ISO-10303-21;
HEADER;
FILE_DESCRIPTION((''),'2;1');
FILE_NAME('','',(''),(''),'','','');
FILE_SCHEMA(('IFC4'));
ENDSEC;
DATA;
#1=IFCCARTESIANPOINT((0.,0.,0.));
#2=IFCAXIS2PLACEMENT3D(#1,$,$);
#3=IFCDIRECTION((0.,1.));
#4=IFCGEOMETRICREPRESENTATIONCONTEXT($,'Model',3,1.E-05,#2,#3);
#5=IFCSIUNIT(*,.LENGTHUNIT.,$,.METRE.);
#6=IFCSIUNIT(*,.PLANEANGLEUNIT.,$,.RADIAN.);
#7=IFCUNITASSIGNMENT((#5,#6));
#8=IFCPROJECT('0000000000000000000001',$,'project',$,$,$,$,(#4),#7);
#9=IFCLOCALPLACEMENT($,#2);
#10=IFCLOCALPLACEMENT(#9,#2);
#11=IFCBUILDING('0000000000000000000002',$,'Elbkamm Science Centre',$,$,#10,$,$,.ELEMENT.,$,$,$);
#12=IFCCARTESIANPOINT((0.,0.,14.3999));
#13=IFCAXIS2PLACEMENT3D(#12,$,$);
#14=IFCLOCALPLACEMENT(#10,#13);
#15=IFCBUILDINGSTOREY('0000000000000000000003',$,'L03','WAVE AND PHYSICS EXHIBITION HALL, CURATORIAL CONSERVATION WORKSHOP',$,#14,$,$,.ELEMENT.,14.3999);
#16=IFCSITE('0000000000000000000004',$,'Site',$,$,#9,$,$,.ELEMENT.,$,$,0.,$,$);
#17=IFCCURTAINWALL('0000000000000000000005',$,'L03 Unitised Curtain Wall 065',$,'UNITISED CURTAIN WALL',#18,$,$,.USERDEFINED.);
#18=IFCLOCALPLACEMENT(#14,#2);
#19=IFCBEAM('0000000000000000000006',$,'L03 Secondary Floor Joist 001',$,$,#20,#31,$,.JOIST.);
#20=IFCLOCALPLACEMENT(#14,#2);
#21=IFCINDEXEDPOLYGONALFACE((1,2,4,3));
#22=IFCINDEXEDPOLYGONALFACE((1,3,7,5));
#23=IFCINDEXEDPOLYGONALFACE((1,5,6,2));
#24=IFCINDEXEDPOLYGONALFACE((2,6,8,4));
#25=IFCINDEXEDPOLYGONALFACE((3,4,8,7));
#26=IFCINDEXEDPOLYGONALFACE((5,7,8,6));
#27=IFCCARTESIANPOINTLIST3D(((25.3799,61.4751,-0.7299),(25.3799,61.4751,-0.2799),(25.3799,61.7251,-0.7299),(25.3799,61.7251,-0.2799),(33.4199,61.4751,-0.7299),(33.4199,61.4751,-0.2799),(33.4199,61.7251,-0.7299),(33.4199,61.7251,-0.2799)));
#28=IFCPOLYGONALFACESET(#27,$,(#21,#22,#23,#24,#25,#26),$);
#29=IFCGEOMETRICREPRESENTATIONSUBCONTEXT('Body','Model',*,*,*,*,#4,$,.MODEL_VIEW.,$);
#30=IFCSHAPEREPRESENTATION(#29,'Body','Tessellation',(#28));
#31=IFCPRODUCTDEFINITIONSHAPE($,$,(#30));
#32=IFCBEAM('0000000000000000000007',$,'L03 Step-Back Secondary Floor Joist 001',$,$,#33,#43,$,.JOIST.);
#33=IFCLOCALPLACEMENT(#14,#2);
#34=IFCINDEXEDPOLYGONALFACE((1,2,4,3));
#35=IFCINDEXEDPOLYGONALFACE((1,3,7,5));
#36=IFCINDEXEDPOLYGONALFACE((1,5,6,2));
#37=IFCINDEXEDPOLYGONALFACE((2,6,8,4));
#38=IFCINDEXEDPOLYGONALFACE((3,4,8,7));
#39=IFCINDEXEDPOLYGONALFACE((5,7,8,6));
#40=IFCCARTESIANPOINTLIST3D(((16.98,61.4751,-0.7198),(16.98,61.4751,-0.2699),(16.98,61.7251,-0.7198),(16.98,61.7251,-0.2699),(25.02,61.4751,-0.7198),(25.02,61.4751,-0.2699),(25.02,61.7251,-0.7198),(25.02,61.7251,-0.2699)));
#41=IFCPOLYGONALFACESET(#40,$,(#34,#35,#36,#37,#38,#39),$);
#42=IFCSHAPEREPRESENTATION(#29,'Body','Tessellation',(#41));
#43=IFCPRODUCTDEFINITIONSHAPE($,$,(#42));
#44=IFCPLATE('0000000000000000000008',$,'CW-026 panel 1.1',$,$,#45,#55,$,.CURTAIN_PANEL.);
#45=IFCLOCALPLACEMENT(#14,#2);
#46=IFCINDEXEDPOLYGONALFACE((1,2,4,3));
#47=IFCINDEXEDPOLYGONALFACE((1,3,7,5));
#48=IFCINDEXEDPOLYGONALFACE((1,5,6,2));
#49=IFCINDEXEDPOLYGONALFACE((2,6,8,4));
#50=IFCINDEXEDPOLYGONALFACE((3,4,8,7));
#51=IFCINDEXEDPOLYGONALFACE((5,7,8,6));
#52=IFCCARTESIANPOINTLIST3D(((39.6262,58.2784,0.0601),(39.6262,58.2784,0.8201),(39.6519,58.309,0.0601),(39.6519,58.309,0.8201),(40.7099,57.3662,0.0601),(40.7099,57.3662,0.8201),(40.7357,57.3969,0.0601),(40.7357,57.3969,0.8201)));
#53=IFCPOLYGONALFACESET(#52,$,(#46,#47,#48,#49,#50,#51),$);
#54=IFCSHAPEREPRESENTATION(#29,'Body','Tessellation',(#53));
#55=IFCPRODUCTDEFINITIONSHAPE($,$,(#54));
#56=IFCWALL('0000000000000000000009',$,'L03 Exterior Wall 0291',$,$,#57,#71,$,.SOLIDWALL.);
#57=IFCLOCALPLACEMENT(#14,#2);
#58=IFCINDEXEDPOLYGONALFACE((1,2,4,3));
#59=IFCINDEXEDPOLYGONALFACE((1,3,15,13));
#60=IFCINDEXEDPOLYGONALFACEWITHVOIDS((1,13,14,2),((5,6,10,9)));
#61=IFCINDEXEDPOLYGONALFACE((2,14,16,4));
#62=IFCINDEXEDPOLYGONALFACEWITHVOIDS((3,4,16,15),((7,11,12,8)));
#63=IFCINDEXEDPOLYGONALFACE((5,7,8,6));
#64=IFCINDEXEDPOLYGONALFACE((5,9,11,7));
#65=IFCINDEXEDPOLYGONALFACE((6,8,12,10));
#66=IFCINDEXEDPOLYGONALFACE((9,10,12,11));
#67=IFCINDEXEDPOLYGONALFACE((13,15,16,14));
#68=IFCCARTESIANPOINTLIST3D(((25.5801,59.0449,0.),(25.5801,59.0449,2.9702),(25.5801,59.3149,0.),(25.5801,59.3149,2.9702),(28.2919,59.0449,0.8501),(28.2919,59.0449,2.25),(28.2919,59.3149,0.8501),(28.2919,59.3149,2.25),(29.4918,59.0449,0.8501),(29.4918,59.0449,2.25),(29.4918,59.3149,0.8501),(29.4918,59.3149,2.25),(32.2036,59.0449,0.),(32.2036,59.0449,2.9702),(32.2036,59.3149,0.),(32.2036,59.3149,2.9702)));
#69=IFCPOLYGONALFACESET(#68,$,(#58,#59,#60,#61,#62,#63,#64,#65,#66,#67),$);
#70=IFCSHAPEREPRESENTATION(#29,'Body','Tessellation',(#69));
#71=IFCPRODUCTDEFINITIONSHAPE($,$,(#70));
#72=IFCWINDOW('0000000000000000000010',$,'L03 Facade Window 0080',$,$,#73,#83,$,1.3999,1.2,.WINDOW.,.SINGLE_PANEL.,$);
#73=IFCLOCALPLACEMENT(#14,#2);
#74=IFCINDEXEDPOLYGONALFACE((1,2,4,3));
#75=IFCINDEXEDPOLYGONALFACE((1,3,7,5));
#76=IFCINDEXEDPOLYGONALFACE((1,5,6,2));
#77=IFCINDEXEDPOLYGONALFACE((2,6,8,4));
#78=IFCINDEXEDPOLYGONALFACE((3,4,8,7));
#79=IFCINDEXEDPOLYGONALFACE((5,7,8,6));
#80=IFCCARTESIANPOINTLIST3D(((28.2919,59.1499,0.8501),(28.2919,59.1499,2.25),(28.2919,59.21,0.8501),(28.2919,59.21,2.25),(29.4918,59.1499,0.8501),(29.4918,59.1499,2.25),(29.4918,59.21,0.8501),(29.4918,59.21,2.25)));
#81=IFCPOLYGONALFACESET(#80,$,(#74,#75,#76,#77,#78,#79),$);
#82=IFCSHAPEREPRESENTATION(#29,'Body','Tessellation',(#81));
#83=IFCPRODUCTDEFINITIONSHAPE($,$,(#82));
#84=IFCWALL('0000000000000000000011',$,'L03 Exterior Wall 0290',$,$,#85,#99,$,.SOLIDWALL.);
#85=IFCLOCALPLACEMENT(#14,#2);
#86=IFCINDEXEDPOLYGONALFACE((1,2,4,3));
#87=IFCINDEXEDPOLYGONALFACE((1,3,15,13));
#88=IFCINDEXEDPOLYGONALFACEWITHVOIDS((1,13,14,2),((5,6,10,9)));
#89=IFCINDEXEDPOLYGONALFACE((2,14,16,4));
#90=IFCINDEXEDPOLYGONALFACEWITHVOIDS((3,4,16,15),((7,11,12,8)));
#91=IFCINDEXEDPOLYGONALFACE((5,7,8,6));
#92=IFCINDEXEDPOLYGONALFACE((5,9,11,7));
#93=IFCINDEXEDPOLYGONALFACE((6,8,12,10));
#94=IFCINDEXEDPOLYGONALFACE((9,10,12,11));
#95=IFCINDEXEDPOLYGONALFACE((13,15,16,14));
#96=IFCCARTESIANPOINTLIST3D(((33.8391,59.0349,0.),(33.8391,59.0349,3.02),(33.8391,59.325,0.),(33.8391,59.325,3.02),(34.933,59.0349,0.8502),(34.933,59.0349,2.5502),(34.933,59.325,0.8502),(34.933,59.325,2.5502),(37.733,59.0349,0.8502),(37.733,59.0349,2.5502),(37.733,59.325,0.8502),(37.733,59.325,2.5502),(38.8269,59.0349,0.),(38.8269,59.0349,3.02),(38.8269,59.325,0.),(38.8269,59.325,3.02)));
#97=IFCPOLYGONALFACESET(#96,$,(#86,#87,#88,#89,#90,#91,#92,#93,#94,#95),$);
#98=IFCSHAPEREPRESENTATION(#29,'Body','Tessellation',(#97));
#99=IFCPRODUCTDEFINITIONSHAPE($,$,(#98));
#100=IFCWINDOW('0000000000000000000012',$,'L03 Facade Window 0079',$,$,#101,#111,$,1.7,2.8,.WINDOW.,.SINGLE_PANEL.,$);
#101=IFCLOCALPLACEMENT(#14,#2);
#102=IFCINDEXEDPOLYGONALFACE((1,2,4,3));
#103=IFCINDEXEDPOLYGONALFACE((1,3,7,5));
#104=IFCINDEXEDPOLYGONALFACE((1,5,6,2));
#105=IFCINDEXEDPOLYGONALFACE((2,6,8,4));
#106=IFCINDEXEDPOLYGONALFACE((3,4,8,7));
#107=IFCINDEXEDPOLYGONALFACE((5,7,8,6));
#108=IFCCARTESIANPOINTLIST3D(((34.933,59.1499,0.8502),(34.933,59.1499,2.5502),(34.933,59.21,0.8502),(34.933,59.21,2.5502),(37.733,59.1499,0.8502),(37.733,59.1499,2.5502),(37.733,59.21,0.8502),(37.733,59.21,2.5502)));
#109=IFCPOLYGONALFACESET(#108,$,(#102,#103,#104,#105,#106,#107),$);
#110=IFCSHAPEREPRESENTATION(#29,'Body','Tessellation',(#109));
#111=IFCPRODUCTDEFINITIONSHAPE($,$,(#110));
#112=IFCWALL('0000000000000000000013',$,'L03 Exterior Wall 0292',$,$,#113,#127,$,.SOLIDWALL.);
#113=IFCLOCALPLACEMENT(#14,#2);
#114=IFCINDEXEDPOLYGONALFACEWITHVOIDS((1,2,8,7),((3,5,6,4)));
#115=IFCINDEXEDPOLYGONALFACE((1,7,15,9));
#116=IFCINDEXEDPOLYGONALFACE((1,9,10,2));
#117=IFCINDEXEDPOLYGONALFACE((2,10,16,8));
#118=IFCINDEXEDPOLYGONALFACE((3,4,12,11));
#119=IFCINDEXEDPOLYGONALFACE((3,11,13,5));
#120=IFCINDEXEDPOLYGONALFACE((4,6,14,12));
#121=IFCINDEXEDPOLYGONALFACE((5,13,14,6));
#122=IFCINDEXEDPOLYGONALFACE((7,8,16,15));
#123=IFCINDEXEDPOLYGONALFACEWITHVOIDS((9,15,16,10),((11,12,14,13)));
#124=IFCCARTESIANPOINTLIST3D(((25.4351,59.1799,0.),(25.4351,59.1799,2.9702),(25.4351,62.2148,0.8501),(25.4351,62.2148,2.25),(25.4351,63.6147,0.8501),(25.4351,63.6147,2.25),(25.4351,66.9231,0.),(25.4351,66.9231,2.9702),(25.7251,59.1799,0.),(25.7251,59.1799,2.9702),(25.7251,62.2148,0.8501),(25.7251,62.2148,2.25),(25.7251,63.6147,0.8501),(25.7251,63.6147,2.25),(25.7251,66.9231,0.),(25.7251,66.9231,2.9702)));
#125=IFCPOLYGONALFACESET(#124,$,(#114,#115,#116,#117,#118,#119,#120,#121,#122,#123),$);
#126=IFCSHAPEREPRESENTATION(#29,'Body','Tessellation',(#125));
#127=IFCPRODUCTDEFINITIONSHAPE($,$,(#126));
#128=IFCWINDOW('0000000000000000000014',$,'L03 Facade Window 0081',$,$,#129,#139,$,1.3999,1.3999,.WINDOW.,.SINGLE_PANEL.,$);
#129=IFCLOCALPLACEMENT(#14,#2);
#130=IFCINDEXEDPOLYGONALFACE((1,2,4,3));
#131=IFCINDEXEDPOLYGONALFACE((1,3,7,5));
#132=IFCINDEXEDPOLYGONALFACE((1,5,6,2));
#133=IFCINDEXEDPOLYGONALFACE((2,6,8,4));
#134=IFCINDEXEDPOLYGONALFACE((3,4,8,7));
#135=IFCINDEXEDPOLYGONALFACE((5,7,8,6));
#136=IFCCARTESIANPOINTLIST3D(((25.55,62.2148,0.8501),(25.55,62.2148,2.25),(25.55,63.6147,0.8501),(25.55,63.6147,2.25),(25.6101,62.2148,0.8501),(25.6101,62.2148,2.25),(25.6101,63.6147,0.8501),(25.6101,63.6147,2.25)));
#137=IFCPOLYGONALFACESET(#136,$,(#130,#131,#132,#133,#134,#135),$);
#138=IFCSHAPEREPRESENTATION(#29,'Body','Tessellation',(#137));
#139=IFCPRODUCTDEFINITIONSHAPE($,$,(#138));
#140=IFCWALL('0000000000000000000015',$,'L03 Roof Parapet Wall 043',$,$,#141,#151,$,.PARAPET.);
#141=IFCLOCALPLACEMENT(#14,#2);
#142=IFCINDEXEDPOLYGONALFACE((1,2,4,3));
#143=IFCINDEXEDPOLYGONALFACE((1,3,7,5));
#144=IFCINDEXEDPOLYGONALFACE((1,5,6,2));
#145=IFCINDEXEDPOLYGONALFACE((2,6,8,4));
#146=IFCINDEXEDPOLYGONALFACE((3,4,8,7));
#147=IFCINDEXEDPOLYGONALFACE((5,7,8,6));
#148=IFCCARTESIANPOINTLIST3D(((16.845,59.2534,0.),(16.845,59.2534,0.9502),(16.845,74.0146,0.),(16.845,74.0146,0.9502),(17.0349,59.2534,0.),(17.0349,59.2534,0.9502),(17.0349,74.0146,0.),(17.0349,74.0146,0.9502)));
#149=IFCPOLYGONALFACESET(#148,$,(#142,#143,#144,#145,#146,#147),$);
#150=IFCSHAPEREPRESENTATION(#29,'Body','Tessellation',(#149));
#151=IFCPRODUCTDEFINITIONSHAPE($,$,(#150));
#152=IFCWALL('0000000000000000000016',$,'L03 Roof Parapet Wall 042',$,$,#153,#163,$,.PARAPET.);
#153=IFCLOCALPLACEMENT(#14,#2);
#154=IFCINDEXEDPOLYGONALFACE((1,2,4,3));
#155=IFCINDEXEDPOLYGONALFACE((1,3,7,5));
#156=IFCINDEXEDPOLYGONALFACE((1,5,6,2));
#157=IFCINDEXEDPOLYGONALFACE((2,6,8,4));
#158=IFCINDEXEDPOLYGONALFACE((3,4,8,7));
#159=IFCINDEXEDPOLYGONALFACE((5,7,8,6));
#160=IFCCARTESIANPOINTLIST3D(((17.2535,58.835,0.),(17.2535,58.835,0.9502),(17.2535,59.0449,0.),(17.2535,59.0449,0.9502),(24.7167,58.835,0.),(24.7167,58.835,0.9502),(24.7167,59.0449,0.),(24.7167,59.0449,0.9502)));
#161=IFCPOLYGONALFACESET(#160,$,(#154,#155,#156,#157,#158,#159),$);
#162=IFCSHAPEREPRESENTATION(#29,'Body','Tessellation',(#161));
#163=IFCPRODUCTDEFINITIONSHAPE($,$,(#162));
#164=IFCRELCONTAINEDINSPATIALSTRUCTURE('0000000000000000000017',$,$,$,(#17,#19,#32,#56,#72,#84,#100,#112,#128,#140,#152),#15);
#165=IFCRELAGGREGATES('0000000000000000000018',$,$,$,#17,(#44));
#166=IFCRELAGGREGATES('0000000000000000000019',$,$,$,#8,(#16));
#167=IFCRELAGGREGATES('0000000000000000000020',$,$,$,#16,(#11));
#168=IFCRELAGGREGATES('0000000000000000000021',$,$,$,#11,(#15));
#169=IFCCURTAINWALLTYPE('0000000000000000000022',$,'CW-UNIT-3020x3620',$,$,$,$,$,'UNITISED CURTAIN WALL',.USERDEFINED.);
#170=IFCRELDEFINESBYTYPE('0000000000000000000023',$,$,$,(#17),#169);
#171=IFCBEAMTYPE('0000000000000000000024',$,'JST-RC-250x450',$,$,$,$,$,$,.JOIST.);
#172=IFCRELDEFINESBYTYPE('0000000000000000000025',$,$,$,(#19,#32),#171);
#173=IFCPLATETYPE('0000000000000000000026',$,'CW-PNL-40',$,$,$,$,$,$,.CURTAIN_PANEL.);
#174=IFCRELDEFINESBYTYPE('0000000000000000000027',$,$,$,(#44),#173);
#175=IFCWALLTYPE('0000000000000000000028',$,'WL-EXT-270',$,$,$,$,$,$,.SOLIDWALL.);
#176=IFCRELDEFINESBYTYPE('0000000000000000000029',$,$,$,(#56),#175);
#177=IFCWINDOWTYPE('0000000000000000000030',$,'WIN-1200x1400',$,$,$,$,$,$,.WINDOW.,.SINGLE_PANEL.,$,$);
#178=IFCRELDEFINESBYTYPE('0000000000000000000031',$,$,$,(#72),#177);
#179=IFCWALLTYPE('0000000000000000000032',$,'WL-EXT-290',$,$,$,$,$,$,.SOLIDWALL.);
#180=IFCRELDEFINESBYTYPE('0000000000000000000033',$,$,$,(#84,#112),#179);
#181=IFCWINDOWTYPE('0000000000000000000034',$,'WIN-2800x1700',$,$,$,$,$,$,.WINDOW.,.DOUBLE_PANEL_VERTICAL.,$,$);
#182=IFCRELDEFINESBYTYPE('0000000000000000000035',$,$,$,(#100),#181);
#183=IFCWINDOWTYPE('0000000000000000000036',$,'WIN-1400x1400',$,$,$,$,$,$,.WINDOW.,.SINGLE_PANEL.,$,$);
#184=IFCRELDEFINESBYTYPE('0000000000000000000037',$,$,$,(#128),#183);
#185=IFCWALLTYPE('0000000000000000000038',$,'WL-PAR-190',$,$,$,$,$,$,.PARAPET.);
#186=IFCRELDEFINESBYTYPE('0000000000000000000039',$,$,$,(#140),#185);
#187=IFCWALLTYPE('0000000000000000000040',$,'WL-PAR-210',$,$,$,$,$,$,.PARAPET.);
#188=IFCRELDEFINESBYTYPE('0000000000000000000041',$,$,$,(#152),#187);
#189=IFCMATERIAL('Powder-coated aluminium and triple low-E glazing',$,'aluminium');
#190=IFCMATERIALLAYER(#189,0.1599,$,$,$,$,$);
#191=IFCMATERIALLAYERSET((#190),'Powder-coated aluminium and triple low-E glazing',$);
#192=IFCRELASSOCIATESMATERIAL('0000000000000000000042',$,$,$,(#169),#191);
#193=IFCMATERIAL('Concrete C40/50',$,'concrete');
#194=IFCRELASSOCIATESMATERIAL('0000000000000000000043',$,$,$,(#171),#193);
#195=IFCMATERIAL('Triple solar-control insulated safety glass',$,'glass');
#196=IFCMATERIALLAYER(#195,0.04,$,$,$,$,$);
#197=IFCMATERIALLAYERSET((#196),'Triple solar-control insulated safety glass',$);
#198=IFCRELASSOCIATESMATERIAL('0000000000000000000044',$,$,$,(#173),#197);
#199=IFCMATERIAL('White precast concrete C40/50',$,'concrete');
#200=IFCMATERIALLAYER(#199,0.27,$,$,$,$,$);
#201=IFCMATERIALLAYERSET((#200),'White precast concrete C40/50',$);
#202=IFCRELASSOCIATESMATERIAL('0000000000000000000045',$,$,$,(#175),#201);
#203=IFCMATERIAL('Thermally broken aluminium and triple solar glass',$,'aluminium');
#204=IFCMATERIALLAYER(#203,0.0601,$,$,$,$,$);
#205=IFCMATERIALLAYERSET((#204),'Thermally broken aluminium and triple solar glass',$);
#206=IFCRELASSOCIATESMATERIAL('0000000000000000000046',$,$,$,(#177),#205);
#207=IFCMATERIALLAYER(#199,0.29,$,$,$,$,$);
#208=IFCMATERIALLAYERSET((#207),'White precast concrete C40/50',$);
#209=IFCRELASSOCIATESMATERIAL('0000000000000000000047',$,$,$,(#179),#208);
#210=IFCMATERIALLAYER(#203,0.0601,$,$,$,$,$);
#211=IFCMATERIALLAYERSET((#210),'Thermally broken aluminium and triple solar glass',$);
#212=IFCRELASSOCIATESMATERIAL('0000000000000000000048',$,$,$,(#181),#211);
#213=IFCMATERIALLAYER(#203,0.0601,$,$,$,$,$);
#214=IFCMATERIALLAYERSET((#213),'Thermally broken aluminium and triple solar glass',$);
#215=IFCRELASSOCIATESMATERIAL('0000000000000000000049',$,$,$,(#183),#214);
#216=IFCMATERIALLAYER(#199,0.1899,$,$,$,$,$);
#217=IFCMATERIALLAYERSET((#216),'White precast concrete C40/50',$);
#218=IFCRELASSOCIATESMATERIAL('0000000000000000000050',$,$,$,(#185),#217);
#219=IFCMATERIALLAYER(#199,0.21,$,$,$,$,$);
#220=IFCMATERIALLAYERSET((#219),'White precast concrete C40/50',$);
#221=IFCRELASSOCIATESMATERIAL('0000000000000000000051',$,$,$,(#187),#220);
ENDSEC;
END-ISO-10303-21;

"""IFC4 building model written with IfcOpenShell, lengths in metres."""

from ifc_helpers import new_model, si_unit, direction, frame, frame_2d, origin, origin_2d, place, context, subcontext, project, spatial, rectangle, extrude, material, layer, layer_set, material_profile, profile_set, type_object, element, fill, aggregate, save


model = new_model("IFC4")

# Units and contexts
model_context = context("Model", 3, precision=1e-05, world=origin(), true_north=direction((0.0, 1.0)))
body_context = subcontext(model_context, "Body", "Model", "MODEL_VIEW")
ifc_project = project(units=[si_unit("LENGTHUNIT", "METRE"), si_unit("PLANEANGLEUNIT", "RADIAN")], contexts=[model_context])

# Site, building, storey
site_placement = place(None, origin())
site = spatial("IfcSite", under=ifc_project, at=site_placement, Name="Site", CompositionType="ELEMENT", RefElevation=0.0)
building_placement = place(site_placement, origin())
building = spatial("IfcBuilding", under=site, at=building_placement, Name="Elbkamm Science Centre", CompositionType="ELEMENT")
storey_placement = place(building_placement, frame((0.0, 0.0, 14.3999)))
storey = spatial("IfcBuildingStorey", under=building, at=storey_placement, Name="L03", Description="WAVE AND PHYSICS EXHIBITION HALL, CURATORIAL CONSERVATION WORKSHOP", CompositionType="ELEMENT", Elevation=14.3999)

# Shared definitions
ifc_material_1 = material(Name="Concrete C40/50", Category="concrete")

# Curtain wall
ifc_material_2 = material(Name="Powder-coated aluminium and triple low-E glazing", Category="aluminium")
ifc_layer_1 = layer(ifc_material_2, 0.1599)
ifc_layer_set_1 = layer_set([ifc_layer_1], Name="Powder-coated aluminium and triple low-E glazing")
curtain_wall_type = type_object("IfcCurtainWallType", Name="CW-UNIT-3020x3620", ElementType="UNITISED CURTAIN WALL", PredefinedType="USERDEFINED", material=ifc_layer_set_1)
curtain_wall_placement = place(storey_placement, origin())
curtain_wall = element("IfcCurtainWall", 1, at=curtain_wall_placement, inside=storey, type_object=curtain_wall_type, Name="L03 Unitised Curtain Wall 065", ObjectType="UNITISED CURTAIN WALL", PredefinedType="USERDEFINED")

# Beams
ifc_material_profile_1 = material_profile(ifc_material_1, rectangle(XDim=0.25, YDim=0.45, at=origin_2d()), Name="RC 250x450")
ifc_profile_set_1 = profile_set([ifc_material_profile_1], Name="Concrete C40/50")
beam_type_1 = type_object("IfcBeamType", Name="JST-RC-250x450", PredefinedType="JOIST", material=ifc_profile_set_1)
for number, where, z_axis, x_axis, name in (
    (2, (25.3799, 61.6001, -0.5049), (1.0, 0.0, 0.0), (0.0, 1.0, 0.0), "L03 Secondary Floor Joist 001"),
    (3, (16.98, 61.6001, -0.4949), (1.0, 0.0, 0.0), (0.0, 1.0, 0.0), "L03 Step-Back Secondary Floor Joist 001"),
):
    element("IfcBeam", number, at=place(storey_placement, frame(where, z_axis=z_axis, x_axis=x_axis)), inside=storey, type_object=beam_type_1, Name=name, PredefinedType="JOIST", context=body_context, shape_type="SweptSolid", body=[
        extrude(rectangle(XDim=0.25, YDim=0.45, at=origin_2d()), origin(), (0.0, 0.0, 1.0), 8.04),
    ])

# Plate
ifc_material_3 = material(Name="Triple solar-control insulated safety glass", Category="glass")
ifc_layer_2 = layer(ifc_material_3, 0.04)
ifc_layer_set_2 = layer_set([ifc_layer_2], Name="Triple solar-control insulated safety glass")
plate_type = type_object("IfcPlateType", Name="CW-PNL-40", PredefinedType="CURTAIN_PANEL", material=ifc_layer_set_2)
plate_placement = place(storey_placement, frame((40.1809, 57.8376, 0.0601), z_axis=(0.0, 0.0, 1.0), x_axis=(0.765062, -0.643957, 0.0)))
plate = element("IfcPlate", 4, at=plate_placement, type_object=plate_type, Name="CW-026 panel 1.1", PredefinedType="CURTAIN_PANEL", context=body_context, shape_type="SweptSolid", body=[
    extrude(rectangle(XDim=1.4165, YDim=0.04, at=origin_2d()), origin(), (0.0, 0.0, 1.0), 0.76),
])
aggregate(curtain_wall, [plate])

# Walls, openings, windows
ifc_material_4 = material(Name="White precast concrete C40/50", Category="concrete")
ifc_layer_3 = layer(ifc_material_4, 0.27)
ifc_layer_set_3 = layer_set([ifc_layer_3], Name="White precast concrete C40/50")
wall_type_1 = type_object("IfcWallType", Name="WL-EXT-270", PredefinedType="SOLIDWALL", material=ifc_layer_set_3)
wall_1_placement = place(storey_placement, frame((32.2036, 59.1799, 0.0), z_axis=(0.0, 0.0, 1.0), x_axis=(-1.0, 0.0, 0.0)))
wall_1 = element("IfcWall", 5, at=wall_1_placement, inside=storey, type_object=wall_type_1, Name="L03 Exterior Wall 0291", PredefinedType="SOLIDWALL", context=body_context, shape_type="SweptSolid", body=[
    extrude(rectangle(XDim=6.6235, YDim=0.27, at=frame_2d((3.3118, 0.0))), origin(), (0.0, 0.0, 1.0), 2.9702),
])
opening_1_placement = place(wall_1_placement, frame((2.7117, 0.0, 0.8501)))
opening_1 = element("IfcOpeningElement", 6, at=opening_1_placement, cuts=wall_1, PredefinedType="OPENING", context=body_context, shape_type="SweptSolid", body=[
    extrude(rectangle(XDim=1.2, YDim=1.3999, at=frame_2d((0.6001, 0.7))), frame((0.0, 0.147, 0.0), z_axis=(0.0, -1.0, 0.0), x_axis=(1.0, 0.0, 0.0)), (0.0, 0.0, 1.0), 0.2939),
])
ifc_material_5 = material(Name="Thermally broken aluminium and triple solar glass", Category="aluminium")
ifc_layer_4 = layer(ifc_material_5, 0.0601)
ifc_layer_set_4 = layer_set([ifc_layer_4], Name="Thermally broken aluminium and triple solar glass")
window_type_1 = type_object("IfcWindowType", Name="WIN-1200x1400", PartitioningType="SINGLE_PANEL", PredefinedType="WINDOW", material=ifc_layer_set_4)
window_1_placement = place(opening_1_placement, origin())
window_1 = element("IfcWindow", 7, at=window_1_placement, inside=storey, type_object=window_type_1, Name="L03 Facade Window 0080", OverallHeight=1.3999, OverallWidth=1.2, PartitioningType="SINGLE_PANEL", PredefinedType="WINDOW", context=body_context, shape_type="SweptSolid", body=[
    extrude(rectangle(XDim=1.2, YDim=1.3999, at=frame_2d((0.6001, 0.7))), frame((0.0, 0.03, 0.0), z_axis=(0.0, -1.0, 0.0), x_axis=(1.0, 0.0, 0.0)), (0.0, 0.0, 1.0), 0.0601),
])
fill(opening_1, window_1)
ifc_layer_5 = layer(ifc_material_4, 0.29)
ifc_layer_set_5 = layer_set([ifc_layer_5], Name="White precast concrete C40/50")
wall_type_2 = type_object("IfcWallType", Name="WL-EXT-290", PredefinedType="SOLIDWALL", material=ifc_layer_set_5)
wall_2_placement = place(storey_placement, frame((38.8269, 59.1799, 0.0), z_axis=(0.0, 0.0, 1.0), x_axis=(-1.0, 0.0, 0.0)))
wall_2 = element("IfcWall", 8, at=wall_2_placement, inside=storey, type_object=wall_type_2, Name="L03 Exterior Wall 0290", PredefinedType="SOLIDWALL", context=body_context, shape_type="SweptSolid", body=[
    extrude(rectangle(XDim=4.9878, YDim=0.29, at=frame_2d((2.4939, 0.0))), origin(), (0.0, 0.0, 1.0), 3.02),
])
opening_2_placement = place(wall_2_placement, frame((1.094, 0.0, 0.8501)))
opening_2 = element("IfcOpeningElement", 9, at=opening_2_placement, cuts=wall_2, PredefinedType="OPENING", context=body_context, shape_type="SweptSolid", body=[
    extrude(rectangle(XDim=2.8, YDim=1.7, at=frame_2d((1.3999, 0.8501))), frame((0.0, 0.157, 0.0), z_axis=(0.0, -1.0, 0.0), x_axis=(1.0, 0.0, 0.0)), (0.0, 0.0, 1.0), 0.314),
])
ifc_layer_6 = layer(ifc_material_5, 0.0601)
ifc_layer_set_6 = layer_set([ifc_layer_6], Name="Thermally broken aluminium and triple solar glass")
window_type_2 = type_object("IfcWindowType", Name="WIN-2800x1700", PartitioningType="DOUBLE_PANEL_VERTICAL", PredefinedType="WINDOW", material=ifc_layer_set_6)
window_2_placement = place(opening_2_placement, origin())
window_2 = element("IfcWindow", 10, at=window_2_placement, inside=storey, type_object=window_type_2, Name="L03 Facade Window 0079", OverallHeight=1.7, OverallWidth=2.8, PartitioningType="SINGLE_PANEL", PredefinedType="WINDOW", context=body_context, shape_type="SweptSolid", body=[
    extrude(rectangle(XDim=2.8, YDim=1.7, at=frame_2d((1.3999, 0.8501))), frame((0.0, 0.03, 0.0), z_axis=(0.0, -1.0, 0.0), x_axis=(1.0, 0.0, 0.0)), (0.0, 0.0, 1.0), 0.0601),
])
fill(opening_2, window_2)
wall_3_placement = place(storey_placement, frame((25.5801, 59.1799, 0.0), z_axis=(0.0, 0.0, 1.0), x_axis=(0.0, 1.0, 0.0)))
wall_3 = element("IfcWall", 11, at=wall_3_placement, inside=storey, type_object=wall_type_2, Name="L03 Exterior Wall 0292", PredefinedType="SOLIDWALL", context=body_context, shape_type="SweptSolid", body=[
    extrude(rectangle(XDim=7.7432, YDim=0.29, at=frame_2d((3.8716, 0.0))), origin(), (0.0, 0.0, 1.0), 2.9702),
])
opening_3_placement = place(wall_3_placement, frame((3.0349, 0.0, 0.8501)))
opening_3 = element("IfcOpeningElement", 12, at=opening_3_placement, cuts=wall_3, PredefinedType="OPENING", context=body_context, shape_type="SweptSolid", body=[
    extrude(rectangle(XDim=1.3999, YDim=1.3999, at=frame_2d((0.7, 0.7))), frame((0.0, 0.157, 0.0), z_axis=(0.0, -1.0, 0.0), x_axis=(1.0, 0.0, 0.0)), (0.0, 0.0, 1.0), 0.314),
])
ifc_layer_7 = layer(ifc_material_5, 0.0601)
ifc_layer_set_7 = layer_set([ifc_layer_7], Name="Thermally broken aluminium and triple solar glass")
window_type_3 = type_object("IfcWindowType", Name="WIN-1400x1400", PartitioningType="SINGLE_PANEL", PredefinedType="WINDOW", material=ifc_layer_set_7)
window_3_placement = place(opening_3_placement, origin())
window_3 = element("IfcWindow", 13, at=window_3_placement, inside=storey, type_object=window_type_3, Name="L03 Facade Window 0081", OverallHeight=1.3999, OverallWidth=1.3999, PartitioningType="SINGLE_PANEL", PredefinedType="WINDOW", context=body_context, shape_type="SweptSolid", body=[
    extrude(rectangle(XDim=1.3999, YDim=1.3999, at=frame_2d((0.7, 0.7))), frame((0.0, 0.03, 0.0), z_axis=(0.0, -1.0, 0.0), x_axis=(1.0, 0.0, 0.0)), (0.0, 0.0, 1.0), 0.0601),
])
fill(opening_3, window_3)

# Walls
ifc_layer_8 = layer(ifc_material_4, 0.1899)
ifc_layer_set_8 = layer_set([ifc_layer_8], Name="White precast concrete C40/50")
wall_type_3 = type_object("IfcWallType", Name="WL-PAR-190", PredefinedType="PARAPET", material=ifc_layer_set_8)
wall_4_placement = place(storey_placement, frame((16.9399, 59.2534, 0.0), z_axis=(0.0, 0.0, 1.0), x_axis=(0.0, 1.0, 0.0)))
element("IfcWall", 14, at=wall_4_placement, inside=storey, type_object=wall_type_3, Name="L03 Roof Parapet Wall 043", PredefinedType="PARAPET", context=body_context, shape_type="SweptSolid", body=[
    extrude(rectangle(XDim=14.7612, YDim=0.1899, at=frame_2d((7.3806, 0.0))), origin(), (0.0, 0.0, 1.0), 0.9502),
])
ifc_layer_9 = layer(ifc_material_4, 0.21)
ifc_layer_set_9 = layer_set([ifc_layer_9], Name="White precast concrete C40/50")
wall_type_4 = type_object("IfcWallType", Name="WL-PAR-210", PredefinedType="PARAPET", material=ifc_layer_set_9)
wall_5_placement = place(storey_placement, frame((24.7166, 58.9399, 0.0), z_axis=(0.0, 0.0, 1.0), x_axis=(-1.0, 0.0, 0.0)))
element("IfcWall", 15, at=wall_5_placement, inside=storey, type_object=wall_type_4, Name="L03 Roof Parapet Wall 042", PredefinedType="PARAPET", context=body_context, shape_type="SweptSolid", body=[
    extrude(rectangle(XDim=7.4631, YDim=0.21, at=frame_2d((3.7314, 0.0))), origin(), (0.0, 0.0, 1.0), 0.9502),
])

save(model, "model.ifc")
